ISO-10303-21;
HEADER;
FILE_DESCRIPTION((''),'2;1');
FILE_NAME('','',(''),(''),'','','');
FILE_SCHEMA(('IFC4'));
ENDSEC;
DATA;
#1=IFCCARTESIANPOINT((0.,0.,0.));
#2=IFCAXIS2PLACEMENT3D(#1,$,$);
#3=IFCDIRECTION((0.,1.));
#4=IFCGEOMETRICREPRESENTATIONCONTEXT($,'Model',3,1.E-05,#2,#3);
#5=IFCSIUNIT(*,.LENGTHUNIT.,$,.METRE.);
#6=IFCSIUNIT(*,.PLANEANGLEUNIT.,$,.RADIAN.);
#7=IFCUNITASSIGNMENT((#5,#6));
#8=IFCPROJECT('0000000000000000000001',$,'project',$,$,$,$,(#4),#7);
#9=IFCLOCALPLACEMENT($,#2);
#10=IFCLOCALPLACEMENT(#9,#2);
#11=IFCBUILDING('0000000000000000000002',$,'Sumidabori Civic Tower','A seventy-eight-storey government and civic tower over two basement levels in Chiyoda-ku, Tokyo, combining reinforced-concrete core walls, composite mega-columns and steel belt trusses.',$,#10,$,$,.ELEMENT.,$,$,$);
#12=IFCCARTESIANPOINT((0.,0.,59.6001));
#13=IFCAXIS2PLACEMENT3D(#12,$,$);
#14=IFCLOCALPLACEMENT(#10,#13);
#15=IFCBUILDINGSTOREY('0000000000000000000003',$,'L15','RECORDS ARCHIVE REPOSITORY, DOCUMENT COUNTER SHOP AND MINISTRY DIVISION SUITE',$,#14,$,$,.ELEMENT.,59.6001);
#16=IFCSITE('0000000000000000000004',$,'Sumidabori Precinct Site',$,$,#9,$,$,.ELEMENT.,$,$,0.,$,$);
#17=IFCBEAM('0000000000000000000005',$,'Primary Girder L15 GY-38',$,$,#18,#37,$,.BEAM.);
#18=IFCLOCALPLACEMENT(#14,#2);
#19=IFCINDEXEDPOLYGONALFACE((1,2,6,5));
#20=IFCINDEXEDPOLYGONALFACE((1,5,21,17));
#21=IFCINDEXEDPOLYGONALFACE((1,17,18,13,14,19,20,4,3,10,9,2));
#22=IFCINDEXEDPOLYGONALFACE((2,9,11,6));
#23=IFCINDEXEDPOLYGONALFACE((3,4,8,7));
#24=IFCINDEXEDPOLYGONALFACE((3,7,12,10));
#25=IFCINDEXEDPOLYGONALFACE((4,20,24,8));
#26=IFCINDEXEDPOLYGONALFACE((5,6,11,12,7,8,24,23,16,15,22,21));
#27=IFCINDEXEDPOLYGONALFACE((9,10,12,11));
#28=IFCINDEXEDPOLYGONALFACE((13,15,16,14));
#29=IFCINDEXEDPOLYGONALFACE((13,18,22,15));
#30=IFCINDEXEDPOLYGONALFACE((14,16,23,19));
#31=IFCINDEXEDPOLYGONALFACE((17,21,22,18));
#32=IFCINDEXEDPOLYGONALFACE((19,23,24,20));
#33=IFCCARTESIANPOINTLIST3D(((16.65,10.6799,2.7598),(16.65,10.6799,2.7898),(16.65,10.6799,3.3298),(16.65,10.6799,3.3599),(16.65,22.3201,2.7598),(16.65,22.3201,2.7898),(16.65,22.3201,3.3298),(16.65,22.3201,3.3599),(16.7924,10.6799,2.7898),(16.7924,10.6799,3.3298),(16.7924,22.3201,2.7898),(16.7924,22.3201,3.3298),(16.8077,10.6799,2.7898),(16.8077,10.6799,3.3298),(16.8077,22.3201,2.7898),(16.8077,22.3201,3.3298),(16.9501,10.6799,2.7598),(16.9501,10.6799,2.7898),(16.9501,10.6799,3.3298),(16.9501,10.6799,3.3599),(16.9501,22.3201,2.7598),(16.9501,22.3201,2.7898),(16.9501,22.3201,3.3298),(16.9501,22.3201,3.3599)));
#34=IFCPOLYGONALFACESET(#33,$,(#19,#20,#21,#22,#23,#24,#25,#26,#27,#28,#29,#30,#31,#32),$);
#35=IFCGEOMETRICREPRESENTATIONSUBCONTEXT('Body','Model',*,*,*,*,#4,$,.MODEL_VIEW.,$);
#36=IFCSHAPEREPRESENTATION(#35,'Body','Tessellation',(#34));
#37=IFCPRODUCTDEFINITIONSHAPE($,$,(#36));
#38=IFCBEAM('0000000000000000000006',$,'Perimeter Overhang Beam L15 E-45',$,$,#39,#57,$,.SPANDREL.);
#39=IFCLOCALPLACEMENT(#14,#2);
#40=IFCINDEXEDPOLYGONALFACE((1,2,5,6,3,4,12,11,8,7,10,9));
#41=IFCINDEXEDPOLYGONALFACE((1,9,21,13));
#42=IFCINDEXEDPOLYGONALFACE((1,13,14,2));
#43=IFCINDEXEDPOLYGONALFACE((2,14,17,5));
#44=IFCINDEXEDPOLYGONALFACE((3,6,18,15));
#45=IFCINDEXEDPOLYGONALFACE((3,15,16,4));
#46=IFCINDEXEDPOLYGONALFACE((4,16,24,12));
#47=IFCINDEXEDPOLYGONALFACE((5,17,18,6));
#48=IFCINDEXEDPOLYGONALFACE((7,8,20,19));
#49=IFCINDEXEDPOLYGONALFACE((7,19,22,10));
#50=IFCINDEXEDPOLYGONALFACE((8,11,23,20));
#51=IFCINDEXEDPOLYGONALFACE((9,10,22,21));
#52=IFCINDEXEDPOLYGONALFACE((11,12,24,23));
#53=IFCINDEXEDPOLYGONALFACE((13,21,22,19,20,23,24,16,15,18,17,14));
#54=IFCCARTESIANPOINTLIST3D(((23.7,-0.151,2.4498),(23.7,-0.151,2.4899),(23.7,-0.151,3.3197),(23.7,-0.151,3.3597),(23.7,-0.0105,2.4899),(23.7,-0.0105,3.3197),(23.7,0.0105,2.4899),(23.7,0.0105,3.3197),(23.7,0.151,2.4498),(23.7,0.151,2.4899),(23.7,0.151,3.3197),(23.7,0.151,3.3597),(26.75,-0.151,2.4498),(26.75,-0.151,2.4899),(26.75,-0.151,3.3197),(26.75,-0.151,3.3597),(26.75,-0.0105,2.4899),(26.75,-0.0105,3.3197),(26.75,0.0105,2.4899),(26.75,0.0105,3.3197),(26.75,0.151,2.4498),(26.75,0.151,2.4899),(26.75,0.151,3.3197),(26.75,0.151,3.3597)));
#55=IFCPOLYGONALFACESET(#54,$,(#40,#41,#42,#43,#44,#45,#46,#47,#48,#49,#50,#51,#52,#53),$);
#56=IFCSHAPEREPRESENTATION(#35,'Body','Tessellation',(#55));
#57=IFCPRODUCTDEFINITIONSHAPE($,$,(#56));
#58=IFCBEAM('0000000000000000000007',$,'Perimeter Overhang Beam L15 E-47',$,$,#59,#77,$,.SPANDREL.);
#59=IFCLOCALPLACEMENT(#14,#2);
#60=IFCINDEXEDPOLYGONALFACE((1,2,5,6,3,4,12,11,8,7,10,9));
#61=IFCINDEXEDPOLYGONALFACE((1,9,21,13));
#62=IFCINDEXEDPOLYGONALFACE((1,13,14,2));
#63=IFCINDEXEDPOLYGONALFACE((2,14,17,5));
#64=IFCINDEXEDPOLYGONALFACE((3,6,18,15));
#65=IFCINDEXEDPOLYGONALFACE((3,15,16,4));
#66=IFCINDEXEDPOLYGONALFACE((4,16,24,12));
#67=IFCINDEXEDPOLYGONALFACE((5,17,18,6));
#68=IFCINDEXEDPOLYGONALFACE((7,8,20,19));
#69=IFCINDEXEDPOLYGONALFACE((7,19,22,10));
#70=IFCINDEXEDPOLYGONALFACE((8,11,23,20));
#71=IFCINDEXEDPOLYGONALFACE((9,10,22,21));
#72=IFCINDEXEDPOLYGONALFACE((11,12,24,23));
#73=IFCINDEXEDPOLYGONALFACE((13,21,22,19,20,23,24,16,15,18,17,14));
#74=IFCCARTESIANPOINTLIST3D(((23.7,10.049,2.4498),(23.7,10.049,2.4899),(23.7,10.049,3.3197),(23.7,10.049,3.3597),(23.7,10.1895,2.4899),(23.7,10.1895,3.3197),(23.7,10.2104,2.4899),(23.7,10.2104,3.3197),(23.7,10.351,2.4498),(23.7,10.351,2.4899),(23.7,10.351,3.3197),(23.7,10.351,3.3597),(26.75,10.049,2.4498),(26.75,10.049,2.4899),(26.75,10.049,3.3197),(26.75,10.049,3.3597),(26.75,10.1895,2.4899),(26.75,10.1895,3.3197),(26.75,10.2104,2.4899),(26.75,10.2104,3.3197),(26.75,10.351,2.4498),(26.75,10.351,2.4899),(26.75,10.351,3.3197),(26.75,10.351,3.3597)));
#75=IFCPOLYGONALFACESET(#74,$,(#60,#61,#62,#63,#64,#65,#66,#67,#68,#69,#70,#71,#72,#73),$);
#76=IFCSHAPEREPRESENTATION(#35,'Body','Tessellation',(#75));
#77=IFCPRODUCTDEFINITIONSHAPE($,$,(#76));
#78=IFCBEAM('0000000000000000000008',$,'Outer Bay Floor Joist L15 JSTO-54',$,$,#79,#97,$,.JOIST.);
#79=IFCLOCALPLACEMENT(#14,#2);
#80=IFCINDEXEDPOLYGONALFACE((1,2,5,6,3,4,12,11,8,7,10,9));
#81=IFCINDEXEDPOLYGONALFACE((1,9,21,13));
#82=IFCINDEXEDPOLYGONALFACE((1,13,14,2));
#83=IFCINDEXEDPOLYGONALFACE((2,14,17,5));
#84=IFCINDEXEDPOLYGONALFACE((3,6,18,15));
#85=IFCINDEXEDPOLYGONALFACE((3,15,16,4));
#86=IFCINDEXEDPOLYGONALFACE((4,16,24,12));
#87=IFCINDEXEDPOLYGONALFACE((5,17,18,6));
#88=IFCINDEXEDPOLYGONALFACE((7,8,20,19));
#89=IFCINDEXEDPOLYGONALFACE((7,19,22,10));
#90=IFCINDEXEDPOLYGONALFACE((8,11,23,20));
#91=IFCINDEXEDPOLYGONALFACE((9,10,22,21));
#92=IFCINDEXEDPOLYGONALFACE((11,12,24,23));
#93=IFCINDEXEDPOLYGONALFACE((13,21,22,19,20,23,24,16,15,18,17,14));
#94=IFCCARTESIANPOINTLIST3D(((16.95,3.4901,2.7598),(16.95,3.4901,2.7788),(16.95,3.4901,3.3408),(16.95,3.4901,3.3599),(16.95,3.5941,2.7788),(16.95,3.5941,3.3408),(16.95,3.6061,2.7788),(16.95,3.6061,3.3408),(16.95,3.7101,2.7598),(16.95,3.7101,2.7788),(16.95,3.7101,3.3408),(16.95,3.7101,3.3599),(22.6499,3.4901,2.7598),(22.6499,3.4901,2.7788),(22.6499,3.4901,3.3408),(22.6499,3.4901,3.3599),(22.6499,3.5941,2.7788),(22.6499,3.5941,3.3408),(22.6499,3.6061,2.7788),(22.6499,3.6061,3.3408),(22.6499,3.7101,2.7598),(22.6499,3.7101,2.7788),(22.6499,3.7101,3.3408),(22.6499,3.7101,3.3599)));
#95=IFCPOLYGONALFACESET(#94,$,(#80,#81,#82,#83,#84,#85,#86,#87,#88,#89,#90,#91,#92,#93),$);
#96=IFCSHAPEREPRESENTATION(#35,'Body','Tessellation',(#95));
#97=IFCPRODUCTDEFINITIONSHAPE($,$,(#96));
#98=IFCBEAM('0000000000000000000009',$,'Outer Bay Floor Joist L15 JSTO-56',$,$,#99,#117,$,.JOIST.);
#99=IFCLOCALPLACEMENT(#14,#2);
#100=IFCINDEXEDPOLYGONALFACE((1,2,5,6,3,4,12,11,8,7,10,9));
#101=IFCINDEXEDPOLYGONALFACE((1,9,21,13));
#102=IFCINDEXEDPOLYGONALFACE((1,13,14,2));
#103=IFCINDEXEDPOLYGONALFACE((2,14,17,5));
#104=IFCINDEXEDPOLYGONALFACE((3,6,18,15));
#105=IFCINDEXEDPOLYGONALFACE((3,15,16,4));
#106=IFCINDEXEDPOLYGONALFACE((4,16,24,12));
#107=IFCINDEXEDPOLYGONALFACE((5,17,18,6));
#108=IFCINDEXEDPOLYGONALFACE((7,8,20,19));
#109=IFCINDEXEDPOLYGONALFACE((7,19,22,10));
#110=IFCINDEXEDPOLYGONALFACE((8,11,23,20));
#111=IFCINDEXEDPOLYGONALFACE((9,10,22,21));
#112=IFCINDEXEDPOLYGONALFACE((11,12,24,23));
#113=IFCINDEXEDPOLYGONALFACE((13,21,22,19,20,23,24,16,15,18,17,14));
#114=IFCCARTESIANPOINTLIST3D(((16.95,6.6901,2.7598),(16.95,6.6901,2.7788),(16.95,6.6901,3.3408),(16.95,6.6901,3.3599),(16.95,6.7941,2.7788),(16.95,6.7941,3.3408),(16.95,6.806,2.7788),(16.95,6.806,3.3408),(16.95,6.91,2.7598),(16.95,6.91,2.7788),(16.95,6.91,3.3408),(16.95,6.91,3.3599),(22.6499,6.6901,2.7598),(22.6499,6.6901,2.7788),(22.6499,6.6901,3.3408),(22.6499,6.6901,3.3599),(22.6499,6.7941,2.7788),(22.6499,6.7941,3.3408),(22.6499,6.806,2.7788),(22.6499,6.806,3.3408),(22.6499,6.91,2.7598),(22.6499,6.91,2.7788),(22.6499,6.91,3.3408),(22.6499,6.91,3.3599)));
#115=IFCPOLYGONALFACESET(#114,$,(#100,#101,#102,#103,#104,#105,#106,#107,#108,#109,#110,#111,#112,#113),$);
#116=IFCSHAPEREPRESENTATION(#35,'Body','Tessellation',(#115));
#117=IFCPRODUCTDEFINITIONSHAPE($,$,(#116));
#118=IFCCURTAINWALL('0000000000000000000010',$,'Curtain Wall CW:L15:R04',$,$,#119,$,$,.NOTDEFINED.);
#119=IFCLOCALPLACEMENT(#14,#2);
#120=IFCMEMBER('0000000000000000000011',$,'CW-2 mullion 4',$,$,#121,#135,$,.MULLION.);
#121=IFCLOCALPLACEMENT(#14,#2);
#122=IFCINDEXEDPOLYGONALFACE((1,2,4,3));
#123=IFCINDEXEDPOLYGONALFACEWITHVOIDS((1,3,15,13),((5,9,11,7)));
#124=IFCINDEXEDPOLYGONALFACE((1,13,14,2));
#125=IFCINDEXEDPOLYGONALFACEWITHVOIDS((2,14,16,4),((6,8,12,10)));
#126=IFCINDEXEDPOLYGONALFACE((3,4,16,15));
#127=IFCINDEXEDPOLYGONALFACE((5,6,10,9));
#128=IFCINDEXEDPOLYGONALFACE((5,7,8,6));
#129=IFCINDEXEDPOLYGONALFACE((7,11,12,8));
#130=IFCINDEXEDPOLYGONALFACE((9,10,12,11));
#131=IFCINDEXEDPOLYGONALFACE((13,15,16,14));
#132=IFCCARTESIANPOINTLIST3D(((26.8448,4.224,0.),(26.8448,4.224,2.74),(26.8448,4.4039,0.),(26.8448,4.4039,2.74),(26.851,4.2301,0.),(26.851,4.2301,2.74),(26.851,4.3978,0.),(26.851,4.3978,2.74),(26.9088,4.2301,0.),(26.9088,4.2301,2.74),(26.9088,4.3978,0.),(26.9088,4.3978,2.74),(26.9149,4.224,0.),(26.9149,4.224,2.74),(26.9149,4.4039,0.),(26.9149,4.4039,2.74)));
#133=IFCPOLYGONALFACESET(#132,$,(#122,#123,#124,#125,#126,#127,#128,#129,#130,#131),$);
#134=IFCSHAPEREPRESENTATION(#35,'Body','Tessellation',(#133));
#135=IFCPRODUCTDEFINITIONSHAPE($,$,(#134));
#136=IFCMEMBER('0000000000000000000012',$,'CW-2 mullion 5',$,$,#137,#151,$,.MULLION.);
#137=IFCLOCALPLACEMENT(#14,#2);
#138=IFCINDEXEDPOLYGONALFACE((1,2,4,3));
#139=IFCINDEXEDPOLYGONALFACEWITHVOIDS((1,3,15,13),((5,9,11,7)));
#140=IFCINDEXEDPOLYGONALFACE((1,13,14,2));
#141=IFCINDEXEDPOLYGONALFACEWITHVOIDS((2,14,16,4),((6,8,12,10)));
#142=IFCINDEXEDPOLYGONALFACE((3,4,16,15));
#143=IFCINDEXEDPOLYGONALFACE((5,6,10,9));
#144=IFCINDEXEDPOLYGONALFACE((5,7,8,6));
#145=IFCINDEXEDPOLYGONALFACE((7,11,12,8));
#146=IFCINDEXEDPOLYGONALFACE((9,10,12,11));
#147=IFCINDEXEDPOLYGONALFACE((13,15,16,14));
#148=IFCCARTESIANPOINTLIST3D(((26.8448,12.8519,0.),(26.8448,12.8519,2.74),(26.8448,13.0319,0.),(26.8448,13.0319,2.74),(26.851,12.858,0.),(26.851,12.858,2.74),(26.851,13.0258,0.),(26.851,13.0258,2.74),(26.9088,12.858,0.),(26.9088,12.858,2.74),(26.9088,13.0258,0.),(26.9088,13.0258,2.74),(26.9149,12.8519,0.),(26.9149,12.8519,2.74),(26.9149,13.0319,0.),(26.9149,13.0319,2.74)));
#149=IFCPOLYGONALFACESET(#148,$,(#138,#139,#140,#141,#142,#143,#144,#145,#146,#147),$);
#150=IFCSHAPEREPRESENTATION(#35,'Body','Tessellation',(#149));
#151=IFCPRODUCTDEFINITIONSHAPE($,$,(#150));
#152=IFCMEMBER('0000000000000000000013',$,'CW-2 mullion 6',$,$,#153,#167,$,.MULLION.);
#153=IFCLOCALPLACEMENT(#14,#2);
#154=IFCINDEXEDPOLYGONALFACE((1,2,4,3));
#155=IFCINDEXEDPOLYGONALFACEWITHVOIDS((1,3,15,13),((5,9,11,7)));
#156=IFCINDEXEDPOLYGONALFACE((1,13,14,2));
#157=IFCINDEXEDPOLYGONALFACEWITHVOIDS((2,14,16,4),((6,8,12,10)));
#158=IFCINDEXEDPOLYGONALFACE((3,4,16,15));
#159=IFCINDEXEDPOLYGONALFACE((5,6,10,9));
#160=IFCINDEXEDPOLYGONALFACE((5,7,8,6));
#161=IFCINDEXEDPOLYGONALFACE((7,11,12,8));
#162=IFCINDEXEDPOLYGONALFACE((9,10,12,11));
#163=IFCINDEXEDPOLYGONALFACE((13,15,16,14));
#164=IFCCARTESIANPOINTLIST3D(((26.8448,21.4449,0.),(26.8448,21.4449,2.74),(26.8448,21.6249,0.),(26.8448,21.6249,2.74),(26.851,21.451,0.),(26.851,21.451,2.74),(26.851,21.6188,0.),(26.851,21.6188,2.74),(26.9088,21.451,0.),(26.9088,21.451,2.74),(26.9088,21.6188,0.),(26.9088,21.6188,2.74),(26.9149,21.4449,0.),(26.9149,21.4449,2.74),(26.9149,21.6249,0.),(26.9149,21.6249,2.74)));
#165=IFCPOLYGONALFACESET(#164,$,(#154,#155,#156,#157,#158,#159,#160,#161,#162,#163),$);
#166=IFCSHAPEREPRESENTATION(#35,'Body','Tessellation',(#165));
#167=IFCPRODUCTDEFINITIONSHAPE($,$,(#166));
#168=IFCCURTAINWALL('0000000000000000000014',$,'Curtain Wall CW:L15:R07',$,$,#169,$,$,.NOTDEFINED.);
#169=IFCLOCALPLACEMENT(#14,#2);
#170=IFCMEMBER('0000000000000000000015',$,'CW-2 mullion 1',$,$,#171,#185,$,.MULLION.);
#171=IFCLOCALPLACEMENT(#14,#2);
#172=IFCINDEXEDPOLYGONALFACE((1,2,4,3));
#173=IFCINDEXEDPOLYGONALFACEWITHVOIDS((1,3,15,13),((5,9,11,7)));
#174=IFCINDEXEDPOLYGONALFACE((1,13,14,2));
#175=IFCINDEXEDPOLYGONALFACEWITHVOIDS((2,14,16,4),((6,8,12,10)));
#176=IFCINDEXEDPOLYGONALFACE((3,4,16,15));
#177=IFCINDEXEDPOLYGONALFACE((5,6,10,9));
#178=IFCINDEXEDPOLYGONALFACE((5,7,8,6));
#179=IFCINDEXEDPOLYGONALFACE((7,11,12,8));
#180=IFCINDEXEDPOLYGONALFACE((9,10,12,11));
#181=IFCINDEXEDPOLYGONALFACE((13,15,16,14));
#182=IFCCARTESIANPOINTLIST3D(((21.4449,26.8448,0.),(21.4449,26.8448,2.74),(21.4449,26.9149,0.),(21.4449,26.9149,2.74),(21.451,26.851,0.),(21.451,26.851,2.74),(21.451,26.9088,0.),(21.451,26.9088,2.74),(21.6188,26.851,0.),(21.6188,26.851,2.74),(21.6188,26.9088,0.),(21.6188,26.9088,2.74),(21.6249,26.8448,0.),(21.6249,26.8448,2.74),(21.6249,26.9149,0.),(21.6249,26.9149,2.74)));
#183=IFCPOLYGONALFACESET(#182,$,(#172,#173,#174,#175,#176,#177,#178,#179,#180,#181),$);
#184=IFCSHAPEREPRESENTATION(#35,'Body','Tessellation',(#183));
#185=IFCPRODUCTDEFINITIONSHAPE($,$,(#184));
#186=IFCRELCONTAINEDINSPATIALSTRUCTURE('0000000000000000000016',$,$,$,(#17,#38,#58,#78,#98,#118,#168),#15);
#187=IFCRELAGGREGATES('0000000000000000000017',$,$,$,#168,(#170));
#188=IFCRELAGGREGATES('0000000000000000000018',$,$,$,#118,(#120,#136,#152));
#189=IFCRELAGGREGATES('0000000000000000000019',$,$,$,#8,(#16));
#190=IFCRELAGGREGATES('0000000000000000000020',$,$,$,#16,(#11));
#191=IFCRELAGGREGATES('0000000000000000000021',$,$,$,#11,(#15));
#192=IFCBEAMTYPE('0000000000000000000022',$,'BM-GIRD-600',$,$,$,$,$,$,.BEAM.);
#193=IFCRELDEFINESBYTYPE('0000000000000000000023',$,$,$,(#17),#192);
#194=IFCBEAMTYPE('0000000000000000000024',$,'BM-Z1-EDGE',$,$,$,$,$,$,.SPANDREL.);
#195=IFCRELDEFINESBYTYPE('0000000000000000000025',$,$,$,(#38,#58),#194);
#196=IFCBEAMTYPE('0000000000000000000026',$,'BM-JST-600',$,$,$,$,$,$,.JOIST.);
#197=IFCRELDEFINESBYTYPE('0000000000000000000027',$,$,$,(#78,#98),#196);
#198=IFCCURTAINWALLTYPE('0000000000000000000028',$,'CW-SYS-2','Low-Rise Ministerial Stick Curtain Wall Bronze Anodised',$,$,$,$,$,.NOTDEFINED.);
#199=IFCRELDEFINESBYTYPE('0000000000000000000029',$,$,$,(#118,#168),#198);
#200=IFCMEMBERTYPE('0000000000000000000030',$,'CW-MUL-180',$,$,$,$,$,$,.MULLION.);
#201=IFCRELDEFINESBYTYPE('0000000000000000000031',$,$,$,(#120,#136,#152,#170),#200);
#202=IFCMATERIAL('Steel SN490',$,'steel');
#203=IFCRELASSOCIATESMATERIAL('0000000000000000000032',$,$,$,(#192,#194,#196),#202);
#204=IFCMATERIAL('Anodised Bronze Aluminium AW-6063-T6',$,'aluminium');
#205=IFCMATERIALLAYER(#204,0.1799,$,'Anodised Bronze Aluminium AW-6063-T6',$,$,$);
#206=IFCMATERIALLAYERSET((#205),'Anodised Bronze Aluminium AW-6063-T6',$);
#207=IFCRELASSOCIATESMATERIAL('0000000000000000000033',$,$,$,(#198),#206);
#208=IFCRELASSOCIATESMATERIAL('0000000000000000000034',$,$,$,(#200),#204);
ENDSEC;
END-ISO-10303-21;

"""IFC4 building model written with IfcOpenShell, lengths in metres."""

from ifc_helpers import new_model, si_unit, direction, frame, origin, origin_2d, place, context, subcontext, project, spatial, hollow_rectangle, i_section, extrude, source, transform, mapped, material, layer, layer_set, material_profile, profile_set, type_object, element, aggregate, save


model = new_model("IFC4")

# Units and contexts
model_context = context("Model", 3, precision=1e-05, world=origin(), true_north=direction((0.0, 1.0)))
body_context = subcontext(model_context, "Body", "Model", "MODEL_VIEW")
ifc_project = project(units=[si_unit("LENGTHUNIT", "METRE"), si_unit("PLANEANGLEUNIT", "RADIAN")], contexts=[model_context])

# Site, building, storey
site_placement = place(None, origin())
site = spatial("IfcSite", under=ifc_project, at=site_placement, Name="Sumidabori Precinct Site", CompositionType="ELEMENT", RefElevation=0.0)
building_placement = place(site_placement, origin())
building = spatial("IfcBuilding", under=site, at=building_placement, Name="Sumidabori Civic Tower", Description="A seventy-eight-storey government and civic tower over two basement levels in Chiyoda-ku, Tokyo, combining reinforced-concrete core walls, composite mega-columns and steel belt trusses.", CompositionType="ELEMENT")
storey_placement = place(building_placement, frame((0.0, 0.0, 59.6001)))
storey = spatial("IfcBuildingStorey", under=building, at=storey_placement, Name="L15", Description="RECORDS ARCHIVE REPOSITORY, DOCUMENT COUNTER SHOP AND MINISTRY DIVISION SUITE", CompositionType="ELEMENT", Elevation=59.6001)

# Beams
ifc_material_1 = material(Name="Steel SN490", Category="steel")
ifc_material_profile_1 = material_profile(ifc_material_1, i_section(OverallWidth=0.3, OverallDepth=0.6001, WebThickness=0.0154, FlangeThickness=0.03, at=origin_2d()), Name="HE 600 B")
ifc_profile_set_1 = profile_set([ifc_material_profile_1], Name="Steel SN490")
beam_type_1 = type_object("IfcBeamType", Name="BM-GIRD-600", PredefinedType="BEAM", material=ifc_profile_set_1)
shared_shape_1 = source(origin(), body_context, "Body", "SweptSolid", [
    extrude(i_section(OverallWidth=0.3, OverallDepth=0.6001, WebThickness=0.0154, FlangeThickness=0.03, at=origin_2d()), origin(), (0.0, 0.0, 1.0), 11.6401),
])
beam_1_placement = place(storey_placement, frame((16.8, 10.6799, 3.0598), z_axis=(0.0, 1.0, 0.0), x_axis=(-1.0, 0.0, 0.0)))
element("IfcBeam", 1, at=beam_1_placement, inside=storey, type_object=beam_type_1, Name="Primary Girder L15 GY-38", PredefinedType="BEAM", context=body_context, shape_type="MappedRepresentation", body=[
    mapped(shared_shape_1, transform((0.0, 0.0, 0.0), x_axis=(1.0, 0.0, 0.0), y_axis=(0.0, 1.0, 0.0), z_axis=(0.0, 0.0, 1.0), scale=1.0)),
])
ifc_material_profile_2 = material_profile(ifc_material_1, i_section(OverallWidth=0.302, OverallDepth=0.9099, WebThickness=0.021, FlangeThickness=0.04, at=origin_2d()), Name="HE 900 M")
ifc_profile_set_2 = profile_set([ifc_material_profile_2], Name="Steel SN490")
beam_type_2 = type_object("IfcBeamType", Name="BM-Z1-EDGE", PredefinedType="SPANDREL", material=ifc_profile_set_2)
shared_shape_2 = source(origin(), body_context, "Body", "SweptSolid", [
    extrude(i_section(OverallWidth=0.302, OverallDepth=0.9099, WebThickness=0.021, FlangeThickness=0.04, at=origin_2d()), origin(), (0.0, 0.0, 1.0), 3.05),
])
for number, where, z_axis, x_axis, name in (
    (2, (23.7, 0.0, 2.9048), (1.0, 0.0, 0.0), (0.0, 1.0, 0.0), "Perimeter Overhang Beam L15 E-45"),
    (3, (23.7, 10.2, 2.9048), (1.0, 0.0, 0.0), (0.0, 1.0, 0.0), "Perimeter Overhang Beam L15 E-47"),
):
    element("IfcBeam", number, at=place(storey_placement, frame(where, z_axis=z_axis, x_axis=x_axis)), inside=storey, type_object=beam_type_2, Name=name, PredefinedType="SPANDREL", context=body_context, shape_type="MappedRepresentation", body=[
        mapped(shared_shape_2, transform((0.0, 0.0, 0.0), x_axis=(1.0, 0.0, 0.0), y_axis=(0.0, 1.0, 0.0), z_axis=(0.0, 0.0, 1.0), scale=1.0)),
    ])
ifc_material_profile_3 = material_profile(ifc_material_1, i_section(OverallWidth=0.22, OverallDepth=0.6001, WebThickness=0.012, FlangeThickness=0.019, at=origin_2d()), Name="IPE 600")
ifc_profile_set_3 = profile_set([ifc_material_profile_3], Name="Steel SN490")
beam_type_3 = type_object("IfcBeamType", Name="BM-JST-600", PredefinedType="JOIST", material=ifc_profile_set_3)
shared_shape_3 = source(origin(), body_context, "Body", "SweptSolid", [
    extrude(i_section(OverallWidth=0.22, OverallDepth=0.6001, WebThickness=0.012, FlangeThickness=0.019, at=origin_2d()), origin(), (0.0, 0.0, 1.0), 5.7),
])
for number, where, z_axis, x_axis, name in (
    (4, (16.95, 3.6001, 3.0598), (1.0, 0.0, 0.0), (0.0, 1.0, 0.0), "Outer Bay Floor Joist L15 JSTO-54"),
    (5, (16.95, 6.8, 3.0598), (1.0, 0.0, 0.0), (0.0, 1.0, 0.0), "Outer Bay Floor Joist L15 JSTO-56"),
):
    element("IfcBeam", number, at=place(storey_placement, frame(where, z_axis=z_axis, x_axis=x_axis)), inside=storey, type_object=beam_type_3, Name=name, PredefinedType="JOIST", context=body_context, shape_type="MappedRepresentation", body=[
        mapped(shared_shape_3, transform((0.0, 0.0, 0.0), x_axis=(1.0, 0.0, 0.0), y_axis=(0.0, 1.0, 0.0), z_axis=(0.0, 0.0, 1.0), scale=1.0)),
    ])

# Curtain wall, members
ifc_material_2 = material(Name="Anodised Bronze Aluminium AW-6063-T6", Category="aluminium")
ifc_layer_1 = layer(ifc_material_2, 0.1799, Name="Anodised Bronze Aluminium AW-6063-T6")
ifc_layer_set_1 = layer_set([ifc_layer_1], Name="Anodised Bronze Aluminium AW-6063-T6")
curtain_wall_type = type_object("IfcCurtainWallType", Name="CW-SYS-2", Description="Low-Rise Ministerial Stick Curtain Wall Bronze Anodised", PredefinedType="NOTDEFINED", material=ifc_layer_set_1)
curtain_wall_1_placement = place(storey_placement, origin())
curtain_wall_1 = element("IfcCurtainWall", 6, at=curtain_wall_1_placement, inside=storey, type_object=curtain_wall_type, Name="Curtain Wall CW:L15:R04", PredefinedType="NOTDEFINED")
ifc_material_profile_4 = material_profile(ifc_material_2, hollow_rectangle(XDim=0.0701, YDim=0.1799, WallThickness=0.0061, at=origin_2d()), Name="ALU MULLION 180x70")
ifc_profile_set_4 = profile_set([ifc_material_profile_4], Name="Anodised Bronze Aluminium AW-6063-T6")
member_type_1 = type_object("IfcMemberType", Name="CW-MUL-180", PredefinedType="MULLION", material=ifc_profile_set_4)
shared_shape_4 = source(origin(), body_context, "Body", "SweptSolid", [
    extrude(hollow_rectangle(XDim=0.0701, YDim=0.1799, WallThickness=0.0061, at=origin_2d()), origin(), (0.0, 0.0, 1.0), 2.74),
])
member_1_placement = place(storey_placement, frame((26.8799, 4.314, 0.0), z_axis=(0.0, 0.0, 1.0), x_axis=(-1.0, 0.0, 0.0)))
member_1 = element("IfcMember", 7, at=member_1_placement, type_object=member_type_1, Name="CW-2 mullion 4", PredefinedType="MULLION", context=body_context, shape_type="MappedRepresentation", body=[
    mapped(shared_shape_4, transform((0.0, 0.0, 0.0), x_axis=(1.0, 0.0, 0.0), y_axis=(0.0, 1.0, 0.0), z_axis=(0.0, 0.0, 1.0), scale=1.0)),
])
member_2_placement = place(storey_placement, frame((26.8799, 12.9419, 0.0), z_axis=(0.0, 0.0, 1.0), x_axis=(-1.0, 0.0, 0.0)))
member_2 = element("IfcMember", 8, at=member_2_placement, type_object=member_type_1, Name="CW-2 mullion 5", PredefinedType="MULLION", context=body_context, shape_type="MappedRepresentation", body=[
    mapped(shared_shape_4, transform((0.0, 0.0, 0.0), x_axis=(1.0, 0.0, 0.0), y_axis=(0.0, 1.0, 0.0), z_axis=(0.0, 0.0, 1.0), scale=1.0)),
])
member_3_placement = place(storey_placement, frame((26.8799, 21.5349, 0.0), z_axis=(0.0, 0.0, 1.0), x_axis=(-1.0, 0.0, 0.0)))
member_3 = element("IfcMember", 9, at=member_3_placement, type_object=member_type_1, Name="CW-2 mullion 6", PredefinedType="MULLION", context=body_context, shape_type="MappedRepresentation", body=[
    mapped(shared_shape_4, transform((0.0, 0.0, 0.0), x_axis=(1.0, 0.0, 0.0), y_axis=(0.0, 1.0, 0.0), z_axis=(0.0, 0.0, 1.0), scale=1.0)),
])

# Curtain wall, member
curtain_wall_2_placement = place(storey_placement, origin())
curtain_wall_2 = element("IfcCurtainWall", 10, at=curtain_wall_2_placement, inside=storey, type_object=curtain_wall_type, Name="Curtain Wall CW:L15:R07", PredefinedType="NOTDEFINED")
member_4_placement = place(storey_placement, frame((21.5349, 26.8799, 0.0), z_axis=(0.0, 0.0, 1.0), x_axis=(0.0, -1.0, 0.0)))
member_4 = element("IfcMember", 11, at=member_4_placement, type_object=member_type_1, Name="CW-2 mullion 1", PredefinedType="MULLION", context=body_context, shape_type="MappedRepresentation", body=[
    mapped(shared_shape_4, transform((0.0, 0.0, 0.0), x_axis=(1.0, 0.0, 0.0), y_axis=(0.0, 1.0, 0.0), z_axis=(0.0, 0.0, 1.0), scale=1.0)),
])

aggregate(curtain_wall_2, [member_4])
aggregate(curtain_wall_1, [member_1, member_2, member_3])

save(model, "model.ifc")
